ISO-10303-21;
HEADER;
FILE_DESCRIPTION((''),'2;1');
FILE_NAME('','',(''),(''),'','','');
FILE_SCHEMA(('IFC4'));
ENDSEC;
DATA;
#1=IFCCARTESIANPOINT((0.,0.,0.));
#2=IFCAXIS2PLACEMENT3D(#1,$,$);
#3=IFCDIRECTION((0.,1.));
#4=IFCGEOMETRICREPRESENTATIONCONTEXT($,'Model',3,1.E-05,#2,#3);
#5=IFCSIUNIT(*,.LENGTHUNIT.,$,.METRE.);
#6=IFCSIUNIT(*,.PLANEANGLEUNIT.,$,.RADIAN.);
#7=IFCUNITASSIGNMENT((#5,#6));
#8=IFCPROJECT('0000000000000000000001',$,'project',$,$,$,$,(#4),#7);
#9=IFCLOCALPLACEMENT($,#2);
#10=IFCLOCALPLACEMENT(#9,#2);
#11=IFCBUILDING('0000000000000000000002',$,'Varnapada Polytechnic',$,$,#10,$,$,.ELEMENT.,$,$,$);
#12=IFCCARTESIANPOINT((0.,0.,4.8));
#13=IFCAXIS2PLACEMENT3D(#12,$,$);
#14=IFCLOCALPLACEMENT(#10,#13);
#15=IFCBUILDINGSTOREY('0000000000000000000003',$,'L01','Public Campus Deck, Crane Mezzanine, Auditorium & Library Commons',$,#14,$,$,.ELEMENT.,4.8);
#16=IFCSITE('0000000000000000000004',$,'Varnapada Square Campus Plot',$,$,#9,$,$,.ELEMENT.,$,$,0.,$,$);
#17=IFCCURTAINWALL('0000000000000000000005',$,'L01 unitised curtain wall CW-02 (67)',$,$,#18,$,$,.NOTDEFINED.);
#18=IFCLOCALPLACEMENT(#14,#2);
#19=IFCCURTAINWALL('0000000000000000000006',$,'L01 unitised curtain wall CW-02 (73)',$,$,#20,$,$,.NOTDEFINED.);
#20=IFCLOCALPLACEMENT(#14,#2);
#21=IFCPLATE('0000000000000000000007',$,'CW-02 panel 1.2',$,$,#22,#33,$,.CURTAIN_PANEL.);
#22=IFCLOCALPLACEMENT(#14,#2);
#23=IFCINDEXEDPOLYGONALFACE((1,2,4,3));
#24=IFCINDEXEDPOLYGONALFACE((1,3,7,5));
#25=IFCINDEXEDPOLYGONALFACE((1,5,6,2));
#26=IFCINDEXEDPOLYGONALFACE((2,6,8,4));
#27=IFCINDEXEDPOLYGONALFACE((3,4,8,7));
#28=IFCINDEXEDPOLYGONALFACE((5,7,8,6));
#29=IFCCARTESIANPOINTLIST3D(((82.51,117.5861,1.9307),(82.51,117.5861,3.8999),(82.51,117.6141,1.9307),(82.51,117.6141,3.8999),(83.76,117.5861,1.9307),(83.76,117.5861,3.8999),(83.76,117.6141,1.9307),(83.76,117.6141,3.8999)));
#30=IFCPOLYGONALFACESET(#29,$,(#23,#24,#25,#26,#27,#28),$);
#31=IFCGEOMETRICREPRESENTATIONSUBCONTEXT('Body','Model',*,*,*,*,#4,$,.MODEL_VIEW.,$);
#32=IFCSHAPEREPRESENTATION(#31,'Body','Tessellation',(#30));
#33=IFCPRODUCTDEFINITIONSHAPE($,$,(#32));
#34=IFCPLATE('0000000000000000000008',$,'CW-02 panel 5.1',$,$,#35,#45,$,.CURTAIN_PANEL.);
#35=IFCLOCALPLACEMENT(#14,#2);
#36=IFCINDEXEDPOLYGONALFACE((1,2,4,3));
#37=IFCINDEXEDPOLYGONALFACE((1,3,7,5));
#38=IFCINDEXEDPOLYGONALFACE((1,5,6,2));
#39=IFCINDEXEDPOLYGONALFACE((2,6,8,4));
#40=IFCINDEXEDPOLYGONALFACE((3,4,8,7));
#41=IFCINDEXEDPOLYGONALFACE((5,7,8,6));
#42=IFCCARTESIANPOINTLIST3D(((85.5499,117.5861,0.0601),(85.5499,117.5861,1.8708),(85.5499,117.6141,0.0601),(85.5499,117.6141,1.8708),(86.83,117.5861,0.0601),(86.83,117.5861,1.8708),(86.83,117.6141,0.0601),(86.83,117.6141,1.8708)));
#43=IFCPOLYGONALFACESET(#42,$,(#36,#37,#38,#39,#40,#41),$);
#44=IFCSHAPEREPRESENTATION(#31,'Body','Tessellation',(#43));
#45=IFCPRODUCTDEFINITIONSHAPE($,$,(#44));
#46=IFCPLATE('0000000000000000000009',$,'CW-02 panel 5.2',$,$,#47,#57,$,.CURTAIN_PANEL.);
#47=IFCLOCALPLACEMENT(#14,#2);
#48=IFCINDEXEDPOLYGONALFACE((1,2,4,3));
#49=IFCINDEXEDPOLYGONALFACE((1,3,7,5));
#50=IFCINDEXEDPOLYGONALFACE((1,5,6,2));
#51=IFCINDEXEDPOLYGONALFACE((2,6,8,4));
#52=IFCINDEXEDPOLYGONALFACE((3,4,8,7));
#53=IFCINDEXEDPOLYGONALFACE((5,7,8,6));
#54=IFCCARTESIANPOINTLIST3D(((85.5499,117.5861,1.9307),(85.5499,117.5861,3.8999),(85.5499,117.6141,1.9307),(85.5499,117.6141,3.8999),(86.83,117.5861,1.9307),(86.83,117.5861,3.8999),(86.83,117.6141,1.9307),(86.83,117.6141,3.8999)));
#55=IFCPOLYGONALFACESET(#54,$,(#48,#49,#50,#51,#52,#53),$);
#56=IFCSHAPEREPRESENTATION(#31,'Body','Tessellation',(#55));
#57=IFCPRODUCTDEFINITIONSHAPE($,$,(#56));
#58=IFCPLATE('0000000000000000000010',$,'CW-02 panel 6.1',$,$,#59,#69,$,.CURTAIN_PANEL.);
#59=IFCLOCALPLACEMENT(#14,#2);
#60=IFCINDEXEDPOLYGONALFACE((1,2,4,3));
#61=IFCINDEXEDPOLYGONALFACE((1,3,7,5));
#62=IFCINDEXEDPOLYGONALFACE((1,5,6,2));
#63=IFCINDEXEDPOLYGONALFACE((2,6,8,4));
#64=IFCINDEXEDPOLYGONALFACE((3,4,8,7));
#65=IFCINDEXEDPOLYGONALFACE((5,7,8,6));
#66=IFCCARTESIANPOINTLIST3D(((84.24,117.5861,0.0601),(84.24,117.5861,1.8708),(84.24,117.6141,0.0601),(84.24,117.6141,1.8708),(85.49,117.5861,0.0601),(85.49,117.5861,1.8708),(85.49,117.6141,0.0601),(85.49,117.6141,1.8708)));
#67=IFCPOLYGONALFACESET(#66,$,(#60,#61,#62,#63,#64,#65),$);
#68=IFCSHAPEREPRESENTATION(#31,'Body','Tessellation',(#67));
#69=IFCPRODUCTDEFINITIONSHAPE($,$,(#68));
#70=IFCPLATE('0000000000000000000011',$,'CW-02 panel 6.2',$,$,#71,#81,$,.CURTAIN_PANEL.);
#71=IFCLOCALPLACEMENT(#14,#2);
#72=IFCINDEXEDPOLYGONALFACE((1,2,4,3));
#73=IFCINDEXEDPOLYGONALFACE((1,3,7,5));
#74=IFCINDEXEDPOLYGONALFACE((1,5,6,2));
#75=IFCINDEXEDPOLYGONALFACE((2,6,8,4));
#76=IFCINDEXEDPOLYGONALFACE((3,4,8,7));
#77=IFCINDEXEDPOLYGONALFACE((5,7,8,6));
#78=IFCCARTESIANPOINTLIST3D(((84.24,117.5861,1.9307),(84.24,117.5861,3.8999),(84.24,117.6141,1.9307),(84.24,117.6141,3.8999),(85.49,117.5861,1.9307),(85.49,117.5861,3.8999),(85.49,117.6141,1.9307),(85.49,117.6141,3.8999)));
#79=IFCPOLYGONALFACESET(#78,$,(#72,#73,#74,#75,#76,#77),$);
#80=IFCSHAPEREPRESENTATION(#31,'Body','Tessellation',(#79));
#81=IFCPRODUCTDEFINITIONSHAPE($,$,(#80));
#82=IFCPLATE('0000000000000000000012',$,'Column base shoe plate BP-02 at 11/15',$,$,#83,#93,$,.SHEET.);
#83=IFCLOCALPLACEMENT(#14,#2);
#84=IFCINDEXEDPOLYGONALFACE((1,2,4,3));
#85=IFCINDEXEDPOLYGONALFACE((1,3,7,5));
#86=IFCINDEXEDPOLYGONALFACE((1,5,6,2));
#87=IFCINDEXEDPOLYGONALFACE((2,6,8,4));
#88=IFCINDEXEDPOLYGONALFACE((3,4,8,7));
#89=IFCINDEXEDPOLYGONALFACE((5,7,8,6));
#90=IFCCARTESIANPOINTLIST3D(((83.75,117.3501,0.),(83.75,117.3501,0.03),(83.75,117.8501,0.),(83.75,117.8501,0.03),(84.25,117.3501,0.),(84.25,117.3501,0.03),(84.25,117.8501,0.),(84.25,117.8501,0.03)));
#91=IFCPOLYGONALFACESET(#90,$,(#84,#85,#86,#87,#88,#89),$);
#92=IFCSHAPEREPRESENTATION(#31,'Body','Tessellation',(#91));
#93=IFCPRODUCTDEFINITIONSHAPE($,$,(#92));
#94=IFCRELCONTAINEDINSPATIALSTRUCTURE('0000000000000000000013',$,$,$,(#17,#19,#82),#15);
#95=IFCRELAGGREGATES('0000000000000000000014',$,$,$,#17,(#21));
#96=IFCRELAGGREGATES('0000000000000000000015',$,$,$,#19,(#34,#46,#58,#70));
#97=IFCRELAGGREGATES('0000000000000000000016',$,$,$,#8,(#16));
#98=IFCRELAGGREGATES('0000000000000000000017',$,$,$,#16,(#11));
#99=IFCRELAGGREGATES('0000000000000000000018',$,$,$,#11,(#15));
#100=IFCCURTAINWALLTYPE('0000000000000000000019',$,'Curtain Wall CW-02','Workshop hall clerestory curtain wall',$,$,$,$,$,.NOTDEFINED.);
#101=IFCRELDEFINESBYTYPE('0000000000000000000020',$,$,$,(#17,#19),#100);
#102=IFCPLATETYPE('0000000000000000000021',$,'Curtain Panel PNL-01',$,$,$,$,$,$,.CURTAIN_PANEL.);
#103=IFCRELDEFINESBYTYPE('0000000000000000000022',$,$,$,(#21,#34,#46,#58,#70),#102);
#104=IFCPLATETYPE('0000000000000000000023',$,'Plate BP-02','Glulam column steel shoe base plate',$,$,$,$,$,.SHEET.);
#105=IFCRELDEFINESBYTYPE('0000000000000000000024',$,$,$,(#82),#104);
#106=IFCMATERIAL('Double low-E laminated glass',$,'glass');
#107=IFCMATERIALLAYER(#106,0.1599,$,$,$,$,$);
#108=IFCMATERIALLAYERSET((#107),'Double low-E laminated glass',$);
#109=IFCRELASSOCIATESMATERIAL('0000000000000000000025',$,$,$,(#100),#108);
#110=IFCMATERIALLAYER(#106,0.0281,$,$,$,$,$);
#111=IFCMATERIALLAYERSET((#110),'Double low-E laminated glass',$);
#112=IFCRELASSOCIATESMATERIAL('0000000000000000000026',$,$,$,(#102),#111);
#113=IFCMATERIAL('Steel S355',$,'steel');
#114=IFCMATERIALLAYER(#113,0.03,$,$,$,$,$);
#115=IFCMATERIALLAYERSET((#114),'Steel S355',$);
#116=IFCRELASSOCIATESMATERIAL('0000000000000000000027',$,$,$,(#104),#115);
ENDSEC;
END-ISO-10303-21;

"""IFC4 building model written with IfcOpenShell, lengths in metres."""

from ifc_helpers import new_model, si_unit, direction, frame, origin, origin_2d, place, context, subcontext, project, spatial, rectangle, extrude, material, layer, layer_set, type_object, element, aggregate, save


model = new_model("IFC4")

# Units and contexts
model_context = context("Model", 3, precision=1e-05, world=origin(), true_north=direction((0.0, 1.0)))
body_context = subcontext(model_context, "Body", "Model", "MODEL_VIEW")
ifc_project = project(units=[si_unit("LENGTHUNIT", "METRE"), si_unit("PLANEANGLEUNIT", "RADIAN")], contexts=[model_context])

# Site, building, storey
site_placement = place(None, origin())
site = spatial("IfcSite", under=ifc_project, at=site_placement, Name="Varnapada Square Campus Plot", CompositionType="ELEMENT", RefElevation=0.0)
building_placement = place(site_placement, origin())
building = spatial("IfcBuilding", under=site, at=building_placement, Name="Varnapada Polytechnic", CompositionType="ELEMENT")
storey_placement = place(building_placement, frame((0.0, 0.0, 4.8)))
storey = spatial("IfcBuildingStorey", under=building, at=storey_placement, Name="L01", Description="Public Campus Deck, Crane Mezzanine, Auditorium & Library Commons", CompositionType="ELEMENT", Elevation=4.8)

# Shared definitions
ifc_material_1 = material(Name="Steel S355", Category="steel")

# Curtain walls
ifc_material_2 = material(Name="Double low-E laminated glass", Category="glass")
ifc_layer_1 = layer(ifc_material_2, 0.1599)
ifc_layer_set_1 = layer_set([ifc_layer_1], Name="Double low-E laminated glass")
curtain_wall_type = type_object("IfcCurtainWallType", Name="Curtain Wall CW-02", Description="Workshop hall clerestory curtain wall", PredefinedType="NOTDEFINED", material=ifc_layer_set_1)
curtain_wall_1_placement = place(storey_placement, origin())
curtain_wall_1 = element("IfcCurtainWall", 1, at=curtain_wall_1_placement, inside=storey, type_object=curtain_wall_type, Name="L01 unitised curtain wall CW-02 (67)", PredefinedType="NOTDEFINED")
curtain_wall_2_placement = place(storey_placement, origin())
curtain_wall_2 = element("IfcCurtainWall", 2, at=curtain_wall_2_placement, inside=storey, type_object=curtain_wall_type, Name="L01 unitised curtain wall CW-02 (73)", PredefinedType="NOTDEFINED")

# Plates
ifc_layer_2 = layer(ifc_material_2, 0.0281)
ifc_layer_set_2 = layer_set([ifc_layer_2], Name="Double low-E laminated glass")
plate_type_1 = type_object("IfcPlateType", Name="Curtain Panel PNL-01", PredefinedType="CURTAIN_PANEL", material=ifc_layer_set_2)
plate_1_placement = place(storey_placement, frame((83.135, 117.6001, 1.9307), z_axis=(0.0, 0.0, 1.0), x_axis=(-1.0, 0.0, 0.0)))
plate_1 = element("IfcPlate", 3, at=plate_1_placement, type_object=plate_type_1, Name="CW-02 panel 1.2", PredefinedType="CURTAIN_PANEL", context=body_context, shape_type="SweptSolid", body=[
    extrude(rectangle(XDim=1.25, YDim=0.0281, at=origin_2d()), origin(), (0.0, 0.0, 1.0), 1.9692),
])
aggregate(curtain_wall_1, [plate_1])
plate_2_placement = place(storey_placement, frame((86.1899, 117.6001, 0.0601), z_axis=(0.0, 0.0, 1.0), x_axis=(-1.0, 0.0, 0.0)))
plate_2 = element("IfcPlate", 4, at=plate_2_placement, type_object=plate_type_1, Name="CW-02 panel 5.1", PredefinedType="CURTAIN_PANEL", context=body_context, shape_type="SweptSolid", body=[
    extrude(rectangle(XDim=1.28, YDim=0.0281, at=origin_2d()), origin(), (0.0, 0.0, 1.0), 1.8108),
])
plate_3_placement = place(storey_placement, frame((86.1899, 117.6001, 1.9307), z_axis=(0.0, 0.0, 1.0), x_axis=(-1.0, 0.0, 0.0)))
plate_3 = element("IfcPlate", 5, at=plate_3_placement, type_object=plate_type_1, Name="CW-02 panel 5.2", PredefinedType="CURTAIN_PANEL", context=body_context, shape_type="SweptSolid", body=[
    extrude(rectangle(XDim=1.28, YDim=0.0281, at=origin_2d()), origin(), (0.0, 0.0, 1.0), 1.9692),
])
plate_4_placement = place(storey_placement, frame((84.865, 117.6001, 0.0601), z_axis=(0.0, 0.0, 1.0), x_axis=(-1.0, 0.0, 0.0)))
plate_4 = element("IfcPlate", 6, at=plate_4_placement, type_object=plate_type_1, Name="CW-02 panel 6.1", PredefinedType="CURTAIN_PANEL", context=body_context, shape_type="SweptSolid", body=[
    extrude(rectangle(XDim=1.25, YDim=0.0281, at=origin_2d()), origin(), (0.0, 0.0, 1.0), 1.8108),
])
plate_5_placement = place(storey_placement, frame((84.865, 117.6001, 1.9307), z_axis=(0.0, 0.0, 1.0), x_axis=(-1.0, 0.0, 0.0)))
plate_5 = element("IfcPlate", 7, at=plate_5_placement, type_object=plate_type_1, Name="CW-02 panel 6.2", PredefinedType="CURTAIN_PANEL", context=body_context, shape_type="SweptSolid", body=[
    extrude(rectangle(XDim=1.25, YDim=0.0281, at=origin_2d()), origin(), (0.0, 0.0, 1.0), 1.9692),
])
aggregate(curtain_wall_2, [plate_2, plate_3, plate_4, plate_5])
ifc_layer_3 = layer(ifc_material_1, 0.03)
ifc_layer_set_3 = layer_set([ifc_layer_3], Name="Steel S355")
plate_type_2 = type_object("IfcPlateType", Name="Plate BP-02", Description="Glulam column steel shoe base plate", PredefinedType="SHEET", material=ifc_layer_set_3)
plate_6_placement = place(storey_placement, frame((84.0, 117.6001, 0.0), z_axis=(0.0, 0.0, 1.0), x_axis=(1.0, 0.0, 0.0)))
element("IfcPlate", 8, at=plate_6_placement, inside=storey, type_object=plate_type_2, Name="Column base shoe plate BP-02 at 11/15", PredefinedType="SHEET", context=body_context, shape_type="SweptSolid", body=[
    extrude(rectangle(XDim=0.5, YDim=0.5, at=origin_2d()), origin(), (0.0, 0.0, 1.0), 0.03),
])

save(model, "model.ifc")
